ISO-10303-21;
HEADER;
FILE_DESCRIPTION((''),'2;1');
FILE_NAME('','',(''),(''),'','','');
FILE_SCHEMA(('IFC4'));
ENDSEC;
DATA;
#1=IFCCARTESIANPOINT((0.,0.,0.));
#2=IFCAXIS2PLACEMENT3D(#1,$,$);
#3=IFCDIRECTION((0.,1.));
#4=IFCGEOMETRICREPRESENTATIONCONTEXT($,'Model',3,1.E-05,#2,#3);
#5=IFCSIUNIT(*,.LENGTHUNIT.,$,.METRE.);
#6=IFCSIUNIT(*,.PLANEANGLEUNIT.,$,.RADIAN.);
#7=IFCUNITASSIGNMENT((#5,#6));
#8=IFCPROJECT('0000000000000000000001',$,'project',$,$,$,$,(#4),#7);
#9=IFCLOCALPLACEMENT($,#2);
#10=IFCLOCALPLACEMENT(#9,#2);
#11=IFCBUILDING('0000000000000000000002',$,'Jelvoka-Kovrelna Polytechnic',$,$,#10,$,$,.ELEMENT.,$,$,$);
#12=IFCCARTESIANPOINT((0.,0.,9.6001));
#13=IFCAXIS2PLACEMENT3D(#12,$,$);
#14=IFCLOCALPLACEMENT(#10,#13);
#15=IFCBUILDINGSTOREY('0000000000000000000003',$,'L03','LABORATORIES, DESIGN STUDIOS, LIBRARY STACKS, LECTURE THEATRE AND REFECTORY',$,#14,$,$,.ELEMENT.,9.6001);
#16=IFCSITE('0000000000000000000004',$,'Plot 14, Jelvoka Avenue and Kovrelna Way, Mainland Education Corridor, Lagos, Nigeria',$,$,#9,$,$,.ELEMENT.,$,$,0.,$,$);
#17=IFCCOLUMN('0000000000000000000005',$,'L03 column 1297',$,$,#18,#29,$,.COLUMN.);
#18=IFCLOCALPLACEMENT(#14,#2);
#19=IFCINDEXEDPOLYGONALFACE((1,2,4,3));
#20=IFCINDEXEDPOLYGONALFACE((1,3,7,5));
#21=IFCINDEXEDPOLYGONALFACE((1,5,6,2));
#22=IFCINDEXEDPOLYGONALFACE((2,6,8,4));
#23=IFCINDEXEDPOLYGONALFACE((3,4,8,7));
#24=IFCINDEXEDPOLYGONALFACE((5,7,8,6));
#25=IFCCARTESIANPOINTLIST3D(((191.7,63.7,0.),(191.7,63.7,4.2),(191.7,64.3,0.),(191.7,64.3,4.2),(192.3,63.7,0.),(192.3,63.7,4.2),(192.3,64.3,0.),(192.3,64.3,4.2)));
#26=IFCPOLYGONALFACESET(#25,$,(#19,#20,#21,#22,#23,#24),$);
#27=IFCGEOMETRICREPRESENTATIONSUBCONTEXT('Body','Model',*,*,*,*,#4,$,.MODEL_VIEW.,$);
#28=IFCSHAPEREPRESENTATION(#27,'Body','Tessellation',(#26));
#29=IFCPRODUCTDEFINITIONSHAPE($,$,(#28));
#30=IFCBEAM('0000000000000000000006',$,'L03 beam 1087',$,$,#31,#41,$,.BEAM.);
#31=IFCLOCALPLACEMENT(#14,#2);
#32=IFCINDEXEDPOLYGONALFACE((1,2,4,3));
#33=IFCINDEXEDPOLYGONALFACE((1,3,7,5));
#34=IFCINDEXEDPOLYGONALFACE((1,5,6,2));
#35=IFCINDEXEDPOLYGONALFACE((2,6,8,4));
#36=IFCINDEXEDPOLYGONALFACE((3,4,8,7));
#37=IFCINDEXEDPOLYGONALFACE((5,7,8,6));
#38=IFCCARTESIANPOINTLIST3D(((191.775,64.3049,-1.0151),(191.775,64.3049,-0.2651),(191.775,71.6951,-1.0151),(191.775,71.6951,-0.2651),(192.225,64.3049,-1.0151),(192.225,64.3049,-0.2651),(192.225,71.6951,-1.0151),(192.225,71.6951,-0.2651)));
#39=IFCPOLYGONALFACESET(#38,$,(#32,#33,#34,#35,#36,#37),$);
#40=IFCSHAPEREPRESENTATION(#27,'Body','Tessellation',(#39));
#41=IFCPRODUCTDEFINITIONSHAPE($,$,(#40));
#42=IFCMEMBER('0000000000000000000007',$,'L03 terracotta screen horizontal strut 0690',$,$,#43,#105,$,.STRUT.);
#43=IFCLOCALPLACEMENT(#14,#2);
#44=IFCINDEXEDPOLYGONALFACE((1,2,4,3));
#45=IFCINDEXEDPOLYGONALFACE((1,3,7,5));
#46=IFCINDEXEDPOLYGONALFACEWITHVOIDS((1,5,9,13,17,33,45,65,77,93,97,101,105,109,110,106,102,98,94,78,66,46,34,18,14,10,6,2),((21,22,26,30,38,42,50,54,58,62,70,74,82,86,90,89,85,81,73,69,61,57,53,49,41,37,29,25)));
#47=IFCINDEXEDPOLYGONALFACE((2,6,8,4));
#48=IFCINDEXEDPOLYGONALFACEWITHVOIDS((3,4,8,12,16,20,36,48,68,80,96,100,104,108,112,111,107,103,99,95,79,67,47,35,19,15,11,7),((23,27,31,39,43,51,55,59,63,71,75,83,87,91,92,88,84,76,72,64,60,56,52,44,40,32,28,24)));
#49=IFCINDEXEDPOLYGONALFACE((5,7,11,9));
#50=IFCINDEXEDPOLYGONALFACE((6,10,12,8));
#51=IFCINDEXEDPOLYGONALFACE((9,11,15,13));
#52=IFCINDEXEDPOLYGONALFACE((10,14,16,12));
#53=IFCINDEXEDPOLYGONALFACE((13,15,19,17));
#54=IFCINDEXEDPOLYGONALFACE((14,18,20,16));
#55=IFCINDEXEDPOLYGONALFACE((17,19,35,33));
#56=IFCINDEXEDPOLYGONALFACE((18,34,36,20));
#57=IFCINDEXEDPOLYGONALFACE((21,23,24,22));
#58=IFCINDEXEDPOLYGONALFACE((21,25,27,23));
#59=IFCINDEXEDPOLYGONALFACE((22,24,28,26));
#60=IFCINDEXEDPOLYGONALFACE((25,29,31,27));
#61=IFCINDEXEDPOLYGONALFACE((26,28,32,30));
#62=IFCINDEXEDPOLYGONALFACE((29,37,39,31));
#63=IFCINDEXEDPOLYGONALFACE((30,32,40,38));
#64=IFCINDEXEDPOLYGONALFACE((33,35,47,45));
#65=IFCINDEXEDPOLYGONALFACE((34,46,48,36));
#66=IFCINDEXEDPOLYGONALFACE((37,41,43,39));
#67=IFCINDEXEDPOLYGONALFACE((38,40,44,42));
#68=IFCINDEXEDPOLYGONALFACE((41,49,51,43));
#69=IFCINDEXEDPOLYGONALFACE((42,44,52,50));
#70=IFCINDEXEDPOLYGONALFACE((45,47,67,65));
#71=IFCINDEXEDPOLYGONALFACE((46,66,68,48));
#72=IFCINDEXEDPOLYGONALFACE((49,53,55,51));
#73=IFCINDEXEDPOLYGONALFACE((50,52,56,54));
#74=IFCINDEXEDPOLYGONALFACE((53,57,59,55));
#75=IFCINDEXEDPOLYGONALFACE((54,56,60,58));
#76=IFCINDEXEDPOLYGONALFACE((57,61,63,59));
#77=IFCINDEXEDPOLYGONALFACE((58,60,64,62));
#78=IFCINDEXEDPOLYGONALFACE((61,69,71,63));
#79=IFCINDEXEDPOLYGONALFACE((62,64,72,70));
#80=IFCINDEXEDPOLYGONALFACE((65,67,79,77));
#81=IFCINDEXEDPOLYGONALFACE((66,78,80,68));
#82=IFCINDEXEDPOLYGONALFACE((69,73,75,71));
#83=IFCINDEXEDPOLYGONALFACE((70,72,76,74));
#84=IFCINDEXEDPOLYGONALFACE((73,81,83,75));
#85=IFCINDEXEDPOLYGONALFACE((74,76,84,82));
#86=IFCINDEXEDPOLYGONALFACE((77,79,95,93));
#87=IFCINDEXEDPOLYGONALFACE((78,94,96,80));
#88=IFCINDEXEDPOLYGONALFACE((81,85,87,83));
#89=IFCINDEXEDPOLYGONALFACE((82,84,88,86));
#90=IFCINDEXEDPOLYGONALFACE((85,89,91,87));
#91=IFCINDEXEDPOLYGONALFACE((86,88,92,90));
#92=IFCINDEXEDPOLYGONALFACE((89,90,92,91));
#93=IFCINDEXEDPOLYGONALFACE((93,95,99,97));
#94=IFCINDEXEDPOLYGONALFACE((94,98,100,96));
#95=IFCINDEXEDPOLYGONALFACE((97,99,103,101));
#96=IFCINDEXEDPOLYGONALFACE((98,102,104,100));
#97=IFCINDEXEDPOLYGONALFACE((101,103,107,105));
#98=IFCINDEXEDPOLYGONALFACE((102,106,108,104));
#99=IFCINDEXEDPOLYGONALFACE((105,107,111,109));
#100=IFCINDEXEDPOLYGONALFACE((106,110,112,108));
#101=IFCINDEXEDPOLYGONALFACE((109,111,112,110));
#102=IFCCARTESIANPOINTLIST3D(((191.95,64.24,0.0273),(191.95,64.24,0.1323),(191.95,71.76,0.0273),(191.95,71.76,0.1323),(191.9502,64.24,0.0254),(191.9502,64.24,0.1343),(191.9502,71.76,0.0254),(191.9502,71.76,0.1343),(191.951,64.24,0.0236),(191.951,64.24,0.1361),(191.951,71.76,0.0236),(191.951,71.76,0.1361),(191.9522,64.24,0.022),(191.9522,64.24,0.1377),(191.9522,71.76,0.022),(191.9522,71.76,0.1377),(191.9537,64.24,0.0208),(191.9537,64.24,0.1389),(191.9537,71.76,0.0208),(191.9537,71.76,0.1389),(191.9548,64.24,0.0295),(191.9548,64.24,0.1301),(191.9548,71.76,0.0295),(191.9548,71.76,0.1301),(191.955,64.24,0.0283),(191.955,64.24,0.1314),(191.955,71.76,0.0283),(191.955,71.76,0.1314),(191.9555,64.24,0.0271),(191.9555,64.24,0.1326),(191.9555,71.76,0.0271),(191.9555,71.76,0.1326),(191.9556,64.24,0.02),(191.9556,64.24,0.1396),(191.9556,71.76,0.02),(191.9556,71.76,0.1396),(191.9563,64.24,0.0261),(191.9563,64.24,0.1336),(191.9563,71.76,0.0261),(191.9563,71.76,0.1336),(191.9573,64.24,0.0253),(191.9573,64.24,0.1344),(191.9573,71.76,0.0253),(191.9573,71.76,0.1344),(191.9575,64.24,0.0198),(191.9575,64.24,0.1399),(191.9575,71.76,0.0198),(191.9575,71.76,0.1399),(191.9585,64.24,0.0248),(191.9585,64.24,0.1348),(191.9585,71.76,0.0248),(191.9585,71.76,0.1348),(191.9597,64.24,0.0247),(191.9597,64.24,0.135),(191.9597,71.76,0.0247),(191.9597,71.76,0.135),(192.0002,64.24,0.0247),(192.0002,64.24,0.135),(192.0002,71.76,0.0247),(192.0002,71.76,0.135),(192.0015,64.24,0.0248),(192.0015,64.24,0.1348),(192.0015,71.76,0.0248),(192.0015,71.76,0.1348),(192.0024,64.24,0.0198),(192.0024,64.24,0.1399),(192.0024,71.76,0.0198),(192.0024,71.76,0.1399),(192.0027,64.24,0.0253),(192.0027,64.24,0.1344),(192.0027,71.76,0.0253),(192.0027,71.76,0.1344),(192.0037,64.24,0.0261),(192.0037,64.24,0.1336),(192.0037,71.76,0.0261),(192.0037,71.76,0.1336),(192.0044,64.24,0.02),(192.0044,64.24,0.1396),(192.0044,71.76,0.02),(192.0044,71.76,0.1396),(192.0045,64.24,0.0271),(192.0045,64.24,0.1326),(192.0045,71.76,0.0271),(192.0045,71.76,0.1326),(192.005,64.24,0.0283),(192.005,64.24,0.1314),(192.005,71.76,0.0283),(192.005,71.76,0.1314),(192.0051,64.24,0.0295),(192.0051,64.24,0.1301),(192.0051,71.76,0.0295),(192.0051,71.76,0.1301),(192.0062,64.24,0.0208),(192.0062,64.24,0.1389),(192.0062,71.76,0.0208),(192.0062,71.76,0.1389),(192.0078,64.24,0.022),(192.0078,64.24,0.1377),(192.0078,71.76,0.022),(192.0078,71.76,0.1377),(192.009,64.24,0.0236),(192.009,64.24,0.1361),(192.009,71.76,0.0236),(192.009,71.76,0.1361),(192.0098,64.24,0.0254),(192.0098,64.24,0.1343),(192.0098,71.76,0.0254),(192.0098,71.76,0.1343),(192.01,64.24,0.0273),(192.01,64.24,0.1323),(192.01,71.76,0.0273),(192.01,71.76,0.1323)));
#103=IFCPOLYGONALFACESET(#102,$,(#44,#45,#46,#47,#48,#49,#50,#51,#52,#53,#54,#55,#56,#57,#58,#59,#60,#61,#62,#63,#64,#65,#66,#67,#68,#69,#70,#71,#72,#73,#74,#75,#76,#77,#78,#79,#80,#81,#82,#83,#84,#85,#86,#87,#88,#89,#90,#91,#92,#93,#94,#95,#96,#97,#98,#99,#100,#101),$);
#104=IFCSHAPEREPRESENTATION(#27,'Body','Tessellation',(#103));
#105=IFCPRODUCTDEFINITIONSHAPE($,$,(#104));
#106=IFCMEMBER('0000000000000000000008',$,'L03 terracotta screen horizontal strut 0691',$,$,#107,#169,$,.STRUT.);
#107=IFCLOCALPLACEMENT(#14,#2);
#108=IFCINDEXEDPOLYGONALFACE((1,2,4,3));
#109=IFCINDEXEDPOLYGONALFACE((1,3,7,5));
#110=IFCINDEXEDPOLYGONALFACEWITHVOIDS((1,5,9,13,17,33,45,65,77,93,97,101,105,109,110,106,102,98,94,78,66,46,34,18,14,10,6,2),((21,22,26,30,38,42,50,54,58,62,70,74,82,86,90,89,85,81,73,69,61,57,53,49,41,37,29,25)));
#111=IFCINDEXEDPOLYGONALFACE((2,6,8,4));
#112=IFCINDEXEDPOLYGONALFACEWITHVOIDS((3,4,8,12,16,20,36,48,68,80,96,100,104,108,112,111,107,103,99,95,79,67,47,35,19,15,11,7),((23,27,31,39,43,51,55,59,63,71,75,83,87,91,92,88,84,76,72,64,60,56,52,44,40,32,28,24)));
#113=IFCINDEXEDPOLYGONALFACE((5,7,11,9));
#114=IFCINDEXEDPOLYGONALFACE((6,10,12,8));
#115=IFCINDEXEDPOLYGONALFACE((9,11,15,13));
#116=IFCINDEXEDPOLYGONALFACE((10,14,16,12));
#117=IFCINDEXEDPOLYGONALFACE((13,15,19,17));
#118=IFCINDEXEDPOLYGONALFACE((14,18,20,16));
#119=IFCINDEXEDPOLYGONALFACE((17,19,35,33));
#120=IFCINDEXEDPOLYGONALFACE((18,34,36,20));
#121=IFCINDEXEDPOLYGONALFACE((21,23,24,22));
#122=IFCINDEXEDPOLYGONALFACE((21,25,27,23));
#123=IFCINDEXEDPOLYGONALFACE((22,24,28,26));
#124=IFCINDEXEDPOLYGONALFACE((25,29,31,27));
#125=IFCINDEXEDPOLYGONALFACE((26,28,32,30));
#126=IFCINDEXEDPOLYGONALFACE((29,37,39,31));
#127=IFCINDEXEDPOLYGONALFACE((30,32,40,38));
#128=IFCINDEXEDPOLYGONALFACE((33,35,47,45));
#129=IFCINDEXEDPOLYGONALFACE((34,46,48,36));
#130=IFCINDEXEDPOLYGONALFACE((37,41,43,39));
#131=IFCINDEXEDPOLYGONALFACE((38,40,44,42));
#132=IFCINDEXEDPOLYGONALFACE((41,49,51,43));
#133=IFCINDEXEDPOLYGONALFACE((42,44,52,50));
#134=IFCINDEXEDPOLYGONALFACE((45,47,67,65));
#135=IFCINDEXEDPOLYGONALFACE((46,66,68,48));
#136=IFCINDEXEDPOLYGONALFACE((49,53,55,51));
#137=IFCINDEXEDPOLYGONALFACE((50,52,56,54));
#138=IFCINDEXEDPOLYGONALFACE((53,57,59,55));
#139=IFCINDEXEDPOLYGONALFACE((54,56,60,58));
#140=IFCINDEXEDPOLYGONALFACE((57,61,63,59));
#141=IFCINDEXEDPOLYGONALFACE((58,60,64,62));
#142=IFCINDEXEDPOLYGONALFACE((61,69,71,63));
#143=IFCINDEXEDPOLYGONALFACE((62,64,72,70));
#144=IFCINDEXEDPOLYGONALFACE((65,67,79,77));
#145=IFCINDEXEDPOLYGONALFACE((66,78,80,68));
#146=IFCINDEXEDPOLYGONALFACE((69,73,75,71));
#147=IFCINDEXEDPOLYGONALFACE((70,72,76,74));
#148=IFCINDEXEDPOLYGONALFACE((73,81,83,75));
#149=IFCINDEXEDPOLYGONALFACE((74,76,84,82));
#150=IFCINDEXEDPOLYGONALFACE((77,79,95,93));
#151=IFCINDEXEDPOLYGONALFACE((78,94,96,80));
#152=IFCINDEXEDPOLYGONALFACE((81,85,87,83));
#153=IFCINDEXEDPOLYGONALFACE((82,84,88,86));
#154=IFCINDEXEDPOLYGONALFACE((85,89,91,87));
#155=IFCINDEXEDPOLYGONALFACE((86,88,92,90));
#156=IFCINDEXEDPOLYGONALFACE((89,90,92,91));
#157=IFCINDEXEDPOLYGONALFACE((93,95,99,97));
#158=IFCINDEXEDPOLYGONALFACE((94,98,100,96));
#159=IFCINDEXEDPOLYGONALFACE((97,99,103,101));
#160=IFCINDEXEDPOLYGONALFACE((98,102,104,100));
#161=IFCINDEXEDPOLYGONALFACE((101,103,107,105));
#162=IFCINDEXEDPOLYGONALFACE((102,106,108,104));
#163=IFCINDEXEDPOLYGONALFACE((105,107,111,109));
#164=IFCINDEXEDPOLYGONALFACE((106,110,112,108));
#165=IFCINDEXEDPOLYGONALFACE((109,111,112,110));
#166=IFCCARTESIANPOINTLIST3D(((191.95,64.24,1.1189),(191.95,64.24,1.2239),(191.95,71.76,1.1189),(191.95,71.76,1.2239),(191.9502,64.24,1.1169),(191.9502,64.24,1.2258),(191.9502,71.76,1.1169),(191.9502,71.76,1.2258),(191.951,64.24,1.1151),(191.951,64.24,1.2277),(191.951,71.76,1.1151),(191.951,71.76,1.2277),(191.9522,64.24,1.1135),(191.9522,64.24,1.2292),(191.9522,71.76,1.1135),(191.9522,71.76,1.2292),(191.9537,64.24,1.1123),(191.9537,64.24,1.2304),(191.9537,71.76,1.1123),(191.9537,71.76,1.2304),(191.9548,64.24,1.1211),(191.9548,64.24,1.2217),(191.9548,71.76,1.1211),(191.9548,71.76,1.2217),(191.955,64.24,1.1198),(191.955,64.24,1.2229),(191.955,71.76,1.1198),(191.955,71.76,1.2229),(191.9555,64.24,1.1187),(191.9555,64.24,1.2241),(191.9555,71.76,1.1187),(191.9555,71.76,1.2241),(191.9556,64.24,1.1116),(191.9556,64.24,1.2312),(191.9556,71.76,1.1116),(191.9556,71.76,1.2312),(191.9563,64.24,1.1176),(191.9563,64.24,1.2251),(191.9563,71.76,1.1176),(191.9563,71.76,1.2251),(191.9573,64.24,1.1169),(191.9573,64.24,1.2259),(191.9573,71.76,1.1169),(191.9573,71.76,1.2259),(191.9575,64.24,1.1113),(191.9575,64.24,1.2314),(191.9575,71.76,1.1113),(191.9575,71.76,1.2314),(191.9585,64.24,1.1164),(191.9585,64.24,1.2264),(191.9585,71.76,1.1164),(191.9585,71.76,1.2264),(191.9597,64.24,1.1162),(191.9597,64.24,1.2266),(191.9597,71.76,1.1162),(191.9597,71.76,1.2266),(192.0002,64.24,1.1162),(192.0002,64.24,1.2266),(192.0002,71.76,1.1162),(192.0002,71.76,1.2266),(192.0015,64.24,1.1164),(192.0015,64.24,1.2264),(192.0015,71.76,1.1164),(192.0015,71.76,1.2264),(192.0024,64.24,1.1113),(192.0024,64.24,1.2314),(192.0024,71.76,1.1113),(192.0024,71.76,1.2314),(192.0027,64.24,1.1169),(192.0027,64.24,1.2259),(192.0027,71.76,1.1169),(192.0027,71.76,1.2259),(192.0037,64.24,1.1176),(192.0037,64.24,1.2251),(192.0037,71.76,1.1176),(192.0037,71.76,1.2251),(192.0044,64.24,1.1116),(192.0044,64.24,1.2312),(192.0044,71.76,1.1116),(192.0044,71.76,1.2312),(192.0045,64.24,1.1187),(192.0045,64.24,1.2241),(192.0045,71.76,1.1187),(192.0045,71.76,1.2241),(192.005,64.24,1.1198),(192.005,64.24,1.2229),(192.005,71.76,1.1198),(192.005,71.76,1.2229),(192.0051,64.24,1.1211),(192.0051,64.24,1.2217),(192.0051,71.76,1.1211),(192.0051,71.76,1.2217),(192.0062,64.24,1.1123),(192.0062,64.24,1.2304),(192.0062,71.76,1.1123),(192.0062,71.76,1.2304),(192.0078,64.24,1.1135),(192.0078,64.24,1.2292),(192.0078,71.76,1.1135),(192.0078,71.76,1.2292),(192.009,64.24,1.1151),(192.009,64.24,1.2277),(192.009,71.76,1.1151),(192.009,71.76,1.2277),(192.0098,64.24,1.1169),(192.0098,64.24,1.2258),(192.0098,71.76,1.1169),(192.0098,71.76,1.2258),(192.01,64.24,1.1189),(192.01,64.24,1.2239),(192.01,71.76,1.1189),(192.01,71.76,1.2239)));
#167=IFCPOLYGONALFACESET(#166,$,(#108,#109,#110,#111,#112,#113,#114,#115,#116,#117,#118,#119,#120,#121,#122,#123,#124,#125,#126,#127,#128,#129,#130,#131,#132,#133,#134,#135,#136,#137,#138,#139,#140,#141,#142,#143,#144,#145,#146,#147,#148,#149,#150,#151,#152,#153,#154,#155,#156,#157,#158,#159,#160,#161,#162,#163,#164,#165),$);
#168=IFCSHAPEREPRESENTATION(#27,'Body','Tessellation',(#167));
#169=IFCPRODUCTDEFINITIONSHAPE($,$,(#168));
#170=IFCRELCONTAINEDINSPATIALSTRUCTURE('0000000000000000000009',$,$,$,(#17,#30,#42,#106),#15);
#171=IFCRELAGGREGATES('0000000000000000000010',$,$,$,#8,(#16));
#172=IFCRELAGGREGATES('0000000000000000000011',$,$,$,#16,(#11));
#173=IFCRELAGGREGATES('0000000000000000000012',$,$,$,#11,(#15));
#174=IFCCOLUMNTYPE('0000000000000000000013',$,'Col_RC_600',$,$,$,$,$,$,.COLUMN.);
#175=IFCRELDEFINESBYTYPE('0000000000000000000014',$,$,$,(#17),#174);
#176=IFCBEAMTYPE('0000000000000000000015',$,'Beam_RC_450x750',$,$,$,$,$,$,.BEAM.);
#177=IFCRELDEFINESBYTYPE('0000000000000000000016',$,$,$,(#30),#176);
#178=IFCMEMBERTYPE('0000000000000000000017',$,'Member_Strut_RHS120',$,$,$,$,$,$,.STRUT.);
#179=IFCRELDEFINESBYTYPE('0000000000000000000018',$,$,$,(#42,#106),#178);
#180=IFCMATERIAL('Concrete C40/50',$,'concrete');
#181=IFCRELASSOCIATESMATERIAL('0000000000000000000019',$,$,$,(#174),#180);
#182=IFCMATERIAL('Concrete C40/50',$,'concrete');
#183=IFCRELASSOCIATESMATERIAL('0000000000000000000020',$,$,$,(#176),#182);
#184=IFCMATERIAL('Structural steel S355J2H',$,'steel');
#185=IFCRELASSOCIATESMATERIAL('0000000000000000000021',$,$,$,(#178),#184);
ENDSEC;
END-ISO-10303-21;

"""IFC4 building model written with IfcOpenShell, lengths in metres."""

from ifc_helpers import new_model, si_unit, direction, frame, origin, origin_2d, place, context, subcontext, project, spatial, rectangle, hollow_rectangle, extrude, material, material_profile, profile_set, type_object, element, save


model = new_model("IFC4")

# Units and contexts
model_context = context("Model", 3, precision=1e-05, world=origin(), true_north=direction((0.0, 1.0)))
body_context = subcontext(model_context, "Body", "Model", "MODEL_VIEW")
ifc_project = project(units=[si_unit("LENGTHUNIT", "METRE"), si_unit("PLANEANGLEUNIT", "RADIAN")], contexts=[model_context])

# Site, building, storey
site_placement = place(None, origin())
site = spatial("IfcSite", under=ifc_project, at=site_placement, Name="Plot 14, Jelvoka Avenue and Kovrelna Way, Mainland Education Corridor, Lagos, Nigeria", CompositionType="ELEMENT", RefElevation=0.0)
building_placement = place(site_placement, origin())
building = spatial("IfcBuilding", under=site, at=building_placement, Name="Jelvoka-Kovrelna Polytechnic", CompositionType="ELEMENT")
storey_placement = place(building_placement, frame((0.0, 0.0, 9.6001)))
storey = spatial("IfcBuildingStorey", under=building, at=storey_placement, Name="L03", Description="LABORATORIES, DESIGN STUDIOS, LIBRARY STACKS, LECTURE THEATRE AND REFECTORY", CompositionType="ELEMENT", Elevation=9.6001)

# Column
ifc_material_1 = material(Name="Concrete C40/50", Category="concrete")
ifc_material_profile_1 = material_profile(ifc_material_1, rectangle(XDim=0.6001, YDim=0.6001, at=origin_2d()), Name="RC 600x600")
ifc_profile_set_1 = profile_set([ifc_material_profile_1], Name="Concrete C40/50")
column_type = type_object("IfcColumnType", Name="Col_RC_600", PredefinedType="COLUMN", material=ifc_profile_set_1)
column_placement = place(storey_placement, frame((192.0, 64.0, 0.0), z_axis=(0.0, 0.0, 1.0), x_axis=(1.0, 0.0, 0.0)))
element("IfcColumn", 1, at=column_placement, inside=storey, type_object=column_type, Name="L03 column 1297", PredefinedType="COLUMN", context=body_context, shape_type="SweptSolid", body=[
    extrude(rectangle(XDim=0.6001, YDim=0.6001, at=origin_2d()), origin(), (0.0, 0.0, 1.0), 4.2),
])

# Beam
ifc_material_2 = material(Name="Concrete C40/50", Category="concrete")
ifc_material_profile_2 = material_profile(ifc_material_2, rectangle(XDim=0.45, YDim=0.75, at=origin_2d()), Name="RC 450x750")
ifc_profile_set_2 = profile_set([ifc_material_profile_2], Name="Concrete C40/50")
beam_type = type_object("IfcBeamType", Name="Beam_RC_450x750", PredefinedType="BEAM", material=ifc_profile_set_2)
beam_placement = place(storey_placement, frame((192.0, 64.3049, -0.6401), z_axis=(0.0, 1.0, 0.0), x_axis=(-1.0, 0.0, 0.0)))
element("IfcBeam", 2, at=beam_placement, inside=storey, type_object=beam_type, Name="L03 beam 1087", PredefinedType="BEAM", context=body_context, shape_type="SweptSolid", body=[
    extrude(rectangle(XDim=0.45, YDim=0.75, at=origin_2d()), origin(), (0.0, 0.0, 1.0), 7.3901),
])

# Members
ifc_material_3 = material(Name="Structural steel S355J2H", Category="steel")
ifc_material_profile_3 = material_profile(ifc_material_3, hollow_rectangle(XDim=0.0601, YDim=0.1201, WallThickness=0.0049, InnerFilletRadius=0.0049, OuterFilletRadius=0.0076, at=origin_2d()), Name="120x60x5.0 RHS")
ifc_profile_set_3 = profile_set([ifc_material_profile_3], Name="Structural steel S355J2H")
member_type_1 = type_object("IfcMemberType", Name="Member_Strut_RHS120", PredefinedType="STRUT", material=ifc_profile_set_3)
for number, where, z_axis, x_axis, name in (
    (3, (191.98, 64.24, 0.0798), (0.0, 1.0, 0.0), (-1.0, 0.0, 0.0), "L03 terracotta screen horizontal strut 0690"),
    (4, (191.98, 64.24, 1.1714), (0.0, 1.0, 0.0), (-1.0, 0.0, 0.0), "L03 terracotta screen horizontal strut 0691"),
):
    element("IfcMember", number, at=place(storey_placement, frame(where, z_axis=z_axis, x_axis=x_axis)), inside=storey, type_object=member_type_1, Name=name, PredefinedType="STRUT", context=body_context, shape_type="SweptSolid", body=[
        extrude(hollow_rectangle(XDim=0.0601, YDim=0.1201, WallThickness=0.0049, InnerFilletRadius=0.0049, OuterFilletRadius=0.0076, at=origin_2d()), origin(), (0.0, 0.0, 1.0), 7.52),
    ])

save(model, "model.ifc")
